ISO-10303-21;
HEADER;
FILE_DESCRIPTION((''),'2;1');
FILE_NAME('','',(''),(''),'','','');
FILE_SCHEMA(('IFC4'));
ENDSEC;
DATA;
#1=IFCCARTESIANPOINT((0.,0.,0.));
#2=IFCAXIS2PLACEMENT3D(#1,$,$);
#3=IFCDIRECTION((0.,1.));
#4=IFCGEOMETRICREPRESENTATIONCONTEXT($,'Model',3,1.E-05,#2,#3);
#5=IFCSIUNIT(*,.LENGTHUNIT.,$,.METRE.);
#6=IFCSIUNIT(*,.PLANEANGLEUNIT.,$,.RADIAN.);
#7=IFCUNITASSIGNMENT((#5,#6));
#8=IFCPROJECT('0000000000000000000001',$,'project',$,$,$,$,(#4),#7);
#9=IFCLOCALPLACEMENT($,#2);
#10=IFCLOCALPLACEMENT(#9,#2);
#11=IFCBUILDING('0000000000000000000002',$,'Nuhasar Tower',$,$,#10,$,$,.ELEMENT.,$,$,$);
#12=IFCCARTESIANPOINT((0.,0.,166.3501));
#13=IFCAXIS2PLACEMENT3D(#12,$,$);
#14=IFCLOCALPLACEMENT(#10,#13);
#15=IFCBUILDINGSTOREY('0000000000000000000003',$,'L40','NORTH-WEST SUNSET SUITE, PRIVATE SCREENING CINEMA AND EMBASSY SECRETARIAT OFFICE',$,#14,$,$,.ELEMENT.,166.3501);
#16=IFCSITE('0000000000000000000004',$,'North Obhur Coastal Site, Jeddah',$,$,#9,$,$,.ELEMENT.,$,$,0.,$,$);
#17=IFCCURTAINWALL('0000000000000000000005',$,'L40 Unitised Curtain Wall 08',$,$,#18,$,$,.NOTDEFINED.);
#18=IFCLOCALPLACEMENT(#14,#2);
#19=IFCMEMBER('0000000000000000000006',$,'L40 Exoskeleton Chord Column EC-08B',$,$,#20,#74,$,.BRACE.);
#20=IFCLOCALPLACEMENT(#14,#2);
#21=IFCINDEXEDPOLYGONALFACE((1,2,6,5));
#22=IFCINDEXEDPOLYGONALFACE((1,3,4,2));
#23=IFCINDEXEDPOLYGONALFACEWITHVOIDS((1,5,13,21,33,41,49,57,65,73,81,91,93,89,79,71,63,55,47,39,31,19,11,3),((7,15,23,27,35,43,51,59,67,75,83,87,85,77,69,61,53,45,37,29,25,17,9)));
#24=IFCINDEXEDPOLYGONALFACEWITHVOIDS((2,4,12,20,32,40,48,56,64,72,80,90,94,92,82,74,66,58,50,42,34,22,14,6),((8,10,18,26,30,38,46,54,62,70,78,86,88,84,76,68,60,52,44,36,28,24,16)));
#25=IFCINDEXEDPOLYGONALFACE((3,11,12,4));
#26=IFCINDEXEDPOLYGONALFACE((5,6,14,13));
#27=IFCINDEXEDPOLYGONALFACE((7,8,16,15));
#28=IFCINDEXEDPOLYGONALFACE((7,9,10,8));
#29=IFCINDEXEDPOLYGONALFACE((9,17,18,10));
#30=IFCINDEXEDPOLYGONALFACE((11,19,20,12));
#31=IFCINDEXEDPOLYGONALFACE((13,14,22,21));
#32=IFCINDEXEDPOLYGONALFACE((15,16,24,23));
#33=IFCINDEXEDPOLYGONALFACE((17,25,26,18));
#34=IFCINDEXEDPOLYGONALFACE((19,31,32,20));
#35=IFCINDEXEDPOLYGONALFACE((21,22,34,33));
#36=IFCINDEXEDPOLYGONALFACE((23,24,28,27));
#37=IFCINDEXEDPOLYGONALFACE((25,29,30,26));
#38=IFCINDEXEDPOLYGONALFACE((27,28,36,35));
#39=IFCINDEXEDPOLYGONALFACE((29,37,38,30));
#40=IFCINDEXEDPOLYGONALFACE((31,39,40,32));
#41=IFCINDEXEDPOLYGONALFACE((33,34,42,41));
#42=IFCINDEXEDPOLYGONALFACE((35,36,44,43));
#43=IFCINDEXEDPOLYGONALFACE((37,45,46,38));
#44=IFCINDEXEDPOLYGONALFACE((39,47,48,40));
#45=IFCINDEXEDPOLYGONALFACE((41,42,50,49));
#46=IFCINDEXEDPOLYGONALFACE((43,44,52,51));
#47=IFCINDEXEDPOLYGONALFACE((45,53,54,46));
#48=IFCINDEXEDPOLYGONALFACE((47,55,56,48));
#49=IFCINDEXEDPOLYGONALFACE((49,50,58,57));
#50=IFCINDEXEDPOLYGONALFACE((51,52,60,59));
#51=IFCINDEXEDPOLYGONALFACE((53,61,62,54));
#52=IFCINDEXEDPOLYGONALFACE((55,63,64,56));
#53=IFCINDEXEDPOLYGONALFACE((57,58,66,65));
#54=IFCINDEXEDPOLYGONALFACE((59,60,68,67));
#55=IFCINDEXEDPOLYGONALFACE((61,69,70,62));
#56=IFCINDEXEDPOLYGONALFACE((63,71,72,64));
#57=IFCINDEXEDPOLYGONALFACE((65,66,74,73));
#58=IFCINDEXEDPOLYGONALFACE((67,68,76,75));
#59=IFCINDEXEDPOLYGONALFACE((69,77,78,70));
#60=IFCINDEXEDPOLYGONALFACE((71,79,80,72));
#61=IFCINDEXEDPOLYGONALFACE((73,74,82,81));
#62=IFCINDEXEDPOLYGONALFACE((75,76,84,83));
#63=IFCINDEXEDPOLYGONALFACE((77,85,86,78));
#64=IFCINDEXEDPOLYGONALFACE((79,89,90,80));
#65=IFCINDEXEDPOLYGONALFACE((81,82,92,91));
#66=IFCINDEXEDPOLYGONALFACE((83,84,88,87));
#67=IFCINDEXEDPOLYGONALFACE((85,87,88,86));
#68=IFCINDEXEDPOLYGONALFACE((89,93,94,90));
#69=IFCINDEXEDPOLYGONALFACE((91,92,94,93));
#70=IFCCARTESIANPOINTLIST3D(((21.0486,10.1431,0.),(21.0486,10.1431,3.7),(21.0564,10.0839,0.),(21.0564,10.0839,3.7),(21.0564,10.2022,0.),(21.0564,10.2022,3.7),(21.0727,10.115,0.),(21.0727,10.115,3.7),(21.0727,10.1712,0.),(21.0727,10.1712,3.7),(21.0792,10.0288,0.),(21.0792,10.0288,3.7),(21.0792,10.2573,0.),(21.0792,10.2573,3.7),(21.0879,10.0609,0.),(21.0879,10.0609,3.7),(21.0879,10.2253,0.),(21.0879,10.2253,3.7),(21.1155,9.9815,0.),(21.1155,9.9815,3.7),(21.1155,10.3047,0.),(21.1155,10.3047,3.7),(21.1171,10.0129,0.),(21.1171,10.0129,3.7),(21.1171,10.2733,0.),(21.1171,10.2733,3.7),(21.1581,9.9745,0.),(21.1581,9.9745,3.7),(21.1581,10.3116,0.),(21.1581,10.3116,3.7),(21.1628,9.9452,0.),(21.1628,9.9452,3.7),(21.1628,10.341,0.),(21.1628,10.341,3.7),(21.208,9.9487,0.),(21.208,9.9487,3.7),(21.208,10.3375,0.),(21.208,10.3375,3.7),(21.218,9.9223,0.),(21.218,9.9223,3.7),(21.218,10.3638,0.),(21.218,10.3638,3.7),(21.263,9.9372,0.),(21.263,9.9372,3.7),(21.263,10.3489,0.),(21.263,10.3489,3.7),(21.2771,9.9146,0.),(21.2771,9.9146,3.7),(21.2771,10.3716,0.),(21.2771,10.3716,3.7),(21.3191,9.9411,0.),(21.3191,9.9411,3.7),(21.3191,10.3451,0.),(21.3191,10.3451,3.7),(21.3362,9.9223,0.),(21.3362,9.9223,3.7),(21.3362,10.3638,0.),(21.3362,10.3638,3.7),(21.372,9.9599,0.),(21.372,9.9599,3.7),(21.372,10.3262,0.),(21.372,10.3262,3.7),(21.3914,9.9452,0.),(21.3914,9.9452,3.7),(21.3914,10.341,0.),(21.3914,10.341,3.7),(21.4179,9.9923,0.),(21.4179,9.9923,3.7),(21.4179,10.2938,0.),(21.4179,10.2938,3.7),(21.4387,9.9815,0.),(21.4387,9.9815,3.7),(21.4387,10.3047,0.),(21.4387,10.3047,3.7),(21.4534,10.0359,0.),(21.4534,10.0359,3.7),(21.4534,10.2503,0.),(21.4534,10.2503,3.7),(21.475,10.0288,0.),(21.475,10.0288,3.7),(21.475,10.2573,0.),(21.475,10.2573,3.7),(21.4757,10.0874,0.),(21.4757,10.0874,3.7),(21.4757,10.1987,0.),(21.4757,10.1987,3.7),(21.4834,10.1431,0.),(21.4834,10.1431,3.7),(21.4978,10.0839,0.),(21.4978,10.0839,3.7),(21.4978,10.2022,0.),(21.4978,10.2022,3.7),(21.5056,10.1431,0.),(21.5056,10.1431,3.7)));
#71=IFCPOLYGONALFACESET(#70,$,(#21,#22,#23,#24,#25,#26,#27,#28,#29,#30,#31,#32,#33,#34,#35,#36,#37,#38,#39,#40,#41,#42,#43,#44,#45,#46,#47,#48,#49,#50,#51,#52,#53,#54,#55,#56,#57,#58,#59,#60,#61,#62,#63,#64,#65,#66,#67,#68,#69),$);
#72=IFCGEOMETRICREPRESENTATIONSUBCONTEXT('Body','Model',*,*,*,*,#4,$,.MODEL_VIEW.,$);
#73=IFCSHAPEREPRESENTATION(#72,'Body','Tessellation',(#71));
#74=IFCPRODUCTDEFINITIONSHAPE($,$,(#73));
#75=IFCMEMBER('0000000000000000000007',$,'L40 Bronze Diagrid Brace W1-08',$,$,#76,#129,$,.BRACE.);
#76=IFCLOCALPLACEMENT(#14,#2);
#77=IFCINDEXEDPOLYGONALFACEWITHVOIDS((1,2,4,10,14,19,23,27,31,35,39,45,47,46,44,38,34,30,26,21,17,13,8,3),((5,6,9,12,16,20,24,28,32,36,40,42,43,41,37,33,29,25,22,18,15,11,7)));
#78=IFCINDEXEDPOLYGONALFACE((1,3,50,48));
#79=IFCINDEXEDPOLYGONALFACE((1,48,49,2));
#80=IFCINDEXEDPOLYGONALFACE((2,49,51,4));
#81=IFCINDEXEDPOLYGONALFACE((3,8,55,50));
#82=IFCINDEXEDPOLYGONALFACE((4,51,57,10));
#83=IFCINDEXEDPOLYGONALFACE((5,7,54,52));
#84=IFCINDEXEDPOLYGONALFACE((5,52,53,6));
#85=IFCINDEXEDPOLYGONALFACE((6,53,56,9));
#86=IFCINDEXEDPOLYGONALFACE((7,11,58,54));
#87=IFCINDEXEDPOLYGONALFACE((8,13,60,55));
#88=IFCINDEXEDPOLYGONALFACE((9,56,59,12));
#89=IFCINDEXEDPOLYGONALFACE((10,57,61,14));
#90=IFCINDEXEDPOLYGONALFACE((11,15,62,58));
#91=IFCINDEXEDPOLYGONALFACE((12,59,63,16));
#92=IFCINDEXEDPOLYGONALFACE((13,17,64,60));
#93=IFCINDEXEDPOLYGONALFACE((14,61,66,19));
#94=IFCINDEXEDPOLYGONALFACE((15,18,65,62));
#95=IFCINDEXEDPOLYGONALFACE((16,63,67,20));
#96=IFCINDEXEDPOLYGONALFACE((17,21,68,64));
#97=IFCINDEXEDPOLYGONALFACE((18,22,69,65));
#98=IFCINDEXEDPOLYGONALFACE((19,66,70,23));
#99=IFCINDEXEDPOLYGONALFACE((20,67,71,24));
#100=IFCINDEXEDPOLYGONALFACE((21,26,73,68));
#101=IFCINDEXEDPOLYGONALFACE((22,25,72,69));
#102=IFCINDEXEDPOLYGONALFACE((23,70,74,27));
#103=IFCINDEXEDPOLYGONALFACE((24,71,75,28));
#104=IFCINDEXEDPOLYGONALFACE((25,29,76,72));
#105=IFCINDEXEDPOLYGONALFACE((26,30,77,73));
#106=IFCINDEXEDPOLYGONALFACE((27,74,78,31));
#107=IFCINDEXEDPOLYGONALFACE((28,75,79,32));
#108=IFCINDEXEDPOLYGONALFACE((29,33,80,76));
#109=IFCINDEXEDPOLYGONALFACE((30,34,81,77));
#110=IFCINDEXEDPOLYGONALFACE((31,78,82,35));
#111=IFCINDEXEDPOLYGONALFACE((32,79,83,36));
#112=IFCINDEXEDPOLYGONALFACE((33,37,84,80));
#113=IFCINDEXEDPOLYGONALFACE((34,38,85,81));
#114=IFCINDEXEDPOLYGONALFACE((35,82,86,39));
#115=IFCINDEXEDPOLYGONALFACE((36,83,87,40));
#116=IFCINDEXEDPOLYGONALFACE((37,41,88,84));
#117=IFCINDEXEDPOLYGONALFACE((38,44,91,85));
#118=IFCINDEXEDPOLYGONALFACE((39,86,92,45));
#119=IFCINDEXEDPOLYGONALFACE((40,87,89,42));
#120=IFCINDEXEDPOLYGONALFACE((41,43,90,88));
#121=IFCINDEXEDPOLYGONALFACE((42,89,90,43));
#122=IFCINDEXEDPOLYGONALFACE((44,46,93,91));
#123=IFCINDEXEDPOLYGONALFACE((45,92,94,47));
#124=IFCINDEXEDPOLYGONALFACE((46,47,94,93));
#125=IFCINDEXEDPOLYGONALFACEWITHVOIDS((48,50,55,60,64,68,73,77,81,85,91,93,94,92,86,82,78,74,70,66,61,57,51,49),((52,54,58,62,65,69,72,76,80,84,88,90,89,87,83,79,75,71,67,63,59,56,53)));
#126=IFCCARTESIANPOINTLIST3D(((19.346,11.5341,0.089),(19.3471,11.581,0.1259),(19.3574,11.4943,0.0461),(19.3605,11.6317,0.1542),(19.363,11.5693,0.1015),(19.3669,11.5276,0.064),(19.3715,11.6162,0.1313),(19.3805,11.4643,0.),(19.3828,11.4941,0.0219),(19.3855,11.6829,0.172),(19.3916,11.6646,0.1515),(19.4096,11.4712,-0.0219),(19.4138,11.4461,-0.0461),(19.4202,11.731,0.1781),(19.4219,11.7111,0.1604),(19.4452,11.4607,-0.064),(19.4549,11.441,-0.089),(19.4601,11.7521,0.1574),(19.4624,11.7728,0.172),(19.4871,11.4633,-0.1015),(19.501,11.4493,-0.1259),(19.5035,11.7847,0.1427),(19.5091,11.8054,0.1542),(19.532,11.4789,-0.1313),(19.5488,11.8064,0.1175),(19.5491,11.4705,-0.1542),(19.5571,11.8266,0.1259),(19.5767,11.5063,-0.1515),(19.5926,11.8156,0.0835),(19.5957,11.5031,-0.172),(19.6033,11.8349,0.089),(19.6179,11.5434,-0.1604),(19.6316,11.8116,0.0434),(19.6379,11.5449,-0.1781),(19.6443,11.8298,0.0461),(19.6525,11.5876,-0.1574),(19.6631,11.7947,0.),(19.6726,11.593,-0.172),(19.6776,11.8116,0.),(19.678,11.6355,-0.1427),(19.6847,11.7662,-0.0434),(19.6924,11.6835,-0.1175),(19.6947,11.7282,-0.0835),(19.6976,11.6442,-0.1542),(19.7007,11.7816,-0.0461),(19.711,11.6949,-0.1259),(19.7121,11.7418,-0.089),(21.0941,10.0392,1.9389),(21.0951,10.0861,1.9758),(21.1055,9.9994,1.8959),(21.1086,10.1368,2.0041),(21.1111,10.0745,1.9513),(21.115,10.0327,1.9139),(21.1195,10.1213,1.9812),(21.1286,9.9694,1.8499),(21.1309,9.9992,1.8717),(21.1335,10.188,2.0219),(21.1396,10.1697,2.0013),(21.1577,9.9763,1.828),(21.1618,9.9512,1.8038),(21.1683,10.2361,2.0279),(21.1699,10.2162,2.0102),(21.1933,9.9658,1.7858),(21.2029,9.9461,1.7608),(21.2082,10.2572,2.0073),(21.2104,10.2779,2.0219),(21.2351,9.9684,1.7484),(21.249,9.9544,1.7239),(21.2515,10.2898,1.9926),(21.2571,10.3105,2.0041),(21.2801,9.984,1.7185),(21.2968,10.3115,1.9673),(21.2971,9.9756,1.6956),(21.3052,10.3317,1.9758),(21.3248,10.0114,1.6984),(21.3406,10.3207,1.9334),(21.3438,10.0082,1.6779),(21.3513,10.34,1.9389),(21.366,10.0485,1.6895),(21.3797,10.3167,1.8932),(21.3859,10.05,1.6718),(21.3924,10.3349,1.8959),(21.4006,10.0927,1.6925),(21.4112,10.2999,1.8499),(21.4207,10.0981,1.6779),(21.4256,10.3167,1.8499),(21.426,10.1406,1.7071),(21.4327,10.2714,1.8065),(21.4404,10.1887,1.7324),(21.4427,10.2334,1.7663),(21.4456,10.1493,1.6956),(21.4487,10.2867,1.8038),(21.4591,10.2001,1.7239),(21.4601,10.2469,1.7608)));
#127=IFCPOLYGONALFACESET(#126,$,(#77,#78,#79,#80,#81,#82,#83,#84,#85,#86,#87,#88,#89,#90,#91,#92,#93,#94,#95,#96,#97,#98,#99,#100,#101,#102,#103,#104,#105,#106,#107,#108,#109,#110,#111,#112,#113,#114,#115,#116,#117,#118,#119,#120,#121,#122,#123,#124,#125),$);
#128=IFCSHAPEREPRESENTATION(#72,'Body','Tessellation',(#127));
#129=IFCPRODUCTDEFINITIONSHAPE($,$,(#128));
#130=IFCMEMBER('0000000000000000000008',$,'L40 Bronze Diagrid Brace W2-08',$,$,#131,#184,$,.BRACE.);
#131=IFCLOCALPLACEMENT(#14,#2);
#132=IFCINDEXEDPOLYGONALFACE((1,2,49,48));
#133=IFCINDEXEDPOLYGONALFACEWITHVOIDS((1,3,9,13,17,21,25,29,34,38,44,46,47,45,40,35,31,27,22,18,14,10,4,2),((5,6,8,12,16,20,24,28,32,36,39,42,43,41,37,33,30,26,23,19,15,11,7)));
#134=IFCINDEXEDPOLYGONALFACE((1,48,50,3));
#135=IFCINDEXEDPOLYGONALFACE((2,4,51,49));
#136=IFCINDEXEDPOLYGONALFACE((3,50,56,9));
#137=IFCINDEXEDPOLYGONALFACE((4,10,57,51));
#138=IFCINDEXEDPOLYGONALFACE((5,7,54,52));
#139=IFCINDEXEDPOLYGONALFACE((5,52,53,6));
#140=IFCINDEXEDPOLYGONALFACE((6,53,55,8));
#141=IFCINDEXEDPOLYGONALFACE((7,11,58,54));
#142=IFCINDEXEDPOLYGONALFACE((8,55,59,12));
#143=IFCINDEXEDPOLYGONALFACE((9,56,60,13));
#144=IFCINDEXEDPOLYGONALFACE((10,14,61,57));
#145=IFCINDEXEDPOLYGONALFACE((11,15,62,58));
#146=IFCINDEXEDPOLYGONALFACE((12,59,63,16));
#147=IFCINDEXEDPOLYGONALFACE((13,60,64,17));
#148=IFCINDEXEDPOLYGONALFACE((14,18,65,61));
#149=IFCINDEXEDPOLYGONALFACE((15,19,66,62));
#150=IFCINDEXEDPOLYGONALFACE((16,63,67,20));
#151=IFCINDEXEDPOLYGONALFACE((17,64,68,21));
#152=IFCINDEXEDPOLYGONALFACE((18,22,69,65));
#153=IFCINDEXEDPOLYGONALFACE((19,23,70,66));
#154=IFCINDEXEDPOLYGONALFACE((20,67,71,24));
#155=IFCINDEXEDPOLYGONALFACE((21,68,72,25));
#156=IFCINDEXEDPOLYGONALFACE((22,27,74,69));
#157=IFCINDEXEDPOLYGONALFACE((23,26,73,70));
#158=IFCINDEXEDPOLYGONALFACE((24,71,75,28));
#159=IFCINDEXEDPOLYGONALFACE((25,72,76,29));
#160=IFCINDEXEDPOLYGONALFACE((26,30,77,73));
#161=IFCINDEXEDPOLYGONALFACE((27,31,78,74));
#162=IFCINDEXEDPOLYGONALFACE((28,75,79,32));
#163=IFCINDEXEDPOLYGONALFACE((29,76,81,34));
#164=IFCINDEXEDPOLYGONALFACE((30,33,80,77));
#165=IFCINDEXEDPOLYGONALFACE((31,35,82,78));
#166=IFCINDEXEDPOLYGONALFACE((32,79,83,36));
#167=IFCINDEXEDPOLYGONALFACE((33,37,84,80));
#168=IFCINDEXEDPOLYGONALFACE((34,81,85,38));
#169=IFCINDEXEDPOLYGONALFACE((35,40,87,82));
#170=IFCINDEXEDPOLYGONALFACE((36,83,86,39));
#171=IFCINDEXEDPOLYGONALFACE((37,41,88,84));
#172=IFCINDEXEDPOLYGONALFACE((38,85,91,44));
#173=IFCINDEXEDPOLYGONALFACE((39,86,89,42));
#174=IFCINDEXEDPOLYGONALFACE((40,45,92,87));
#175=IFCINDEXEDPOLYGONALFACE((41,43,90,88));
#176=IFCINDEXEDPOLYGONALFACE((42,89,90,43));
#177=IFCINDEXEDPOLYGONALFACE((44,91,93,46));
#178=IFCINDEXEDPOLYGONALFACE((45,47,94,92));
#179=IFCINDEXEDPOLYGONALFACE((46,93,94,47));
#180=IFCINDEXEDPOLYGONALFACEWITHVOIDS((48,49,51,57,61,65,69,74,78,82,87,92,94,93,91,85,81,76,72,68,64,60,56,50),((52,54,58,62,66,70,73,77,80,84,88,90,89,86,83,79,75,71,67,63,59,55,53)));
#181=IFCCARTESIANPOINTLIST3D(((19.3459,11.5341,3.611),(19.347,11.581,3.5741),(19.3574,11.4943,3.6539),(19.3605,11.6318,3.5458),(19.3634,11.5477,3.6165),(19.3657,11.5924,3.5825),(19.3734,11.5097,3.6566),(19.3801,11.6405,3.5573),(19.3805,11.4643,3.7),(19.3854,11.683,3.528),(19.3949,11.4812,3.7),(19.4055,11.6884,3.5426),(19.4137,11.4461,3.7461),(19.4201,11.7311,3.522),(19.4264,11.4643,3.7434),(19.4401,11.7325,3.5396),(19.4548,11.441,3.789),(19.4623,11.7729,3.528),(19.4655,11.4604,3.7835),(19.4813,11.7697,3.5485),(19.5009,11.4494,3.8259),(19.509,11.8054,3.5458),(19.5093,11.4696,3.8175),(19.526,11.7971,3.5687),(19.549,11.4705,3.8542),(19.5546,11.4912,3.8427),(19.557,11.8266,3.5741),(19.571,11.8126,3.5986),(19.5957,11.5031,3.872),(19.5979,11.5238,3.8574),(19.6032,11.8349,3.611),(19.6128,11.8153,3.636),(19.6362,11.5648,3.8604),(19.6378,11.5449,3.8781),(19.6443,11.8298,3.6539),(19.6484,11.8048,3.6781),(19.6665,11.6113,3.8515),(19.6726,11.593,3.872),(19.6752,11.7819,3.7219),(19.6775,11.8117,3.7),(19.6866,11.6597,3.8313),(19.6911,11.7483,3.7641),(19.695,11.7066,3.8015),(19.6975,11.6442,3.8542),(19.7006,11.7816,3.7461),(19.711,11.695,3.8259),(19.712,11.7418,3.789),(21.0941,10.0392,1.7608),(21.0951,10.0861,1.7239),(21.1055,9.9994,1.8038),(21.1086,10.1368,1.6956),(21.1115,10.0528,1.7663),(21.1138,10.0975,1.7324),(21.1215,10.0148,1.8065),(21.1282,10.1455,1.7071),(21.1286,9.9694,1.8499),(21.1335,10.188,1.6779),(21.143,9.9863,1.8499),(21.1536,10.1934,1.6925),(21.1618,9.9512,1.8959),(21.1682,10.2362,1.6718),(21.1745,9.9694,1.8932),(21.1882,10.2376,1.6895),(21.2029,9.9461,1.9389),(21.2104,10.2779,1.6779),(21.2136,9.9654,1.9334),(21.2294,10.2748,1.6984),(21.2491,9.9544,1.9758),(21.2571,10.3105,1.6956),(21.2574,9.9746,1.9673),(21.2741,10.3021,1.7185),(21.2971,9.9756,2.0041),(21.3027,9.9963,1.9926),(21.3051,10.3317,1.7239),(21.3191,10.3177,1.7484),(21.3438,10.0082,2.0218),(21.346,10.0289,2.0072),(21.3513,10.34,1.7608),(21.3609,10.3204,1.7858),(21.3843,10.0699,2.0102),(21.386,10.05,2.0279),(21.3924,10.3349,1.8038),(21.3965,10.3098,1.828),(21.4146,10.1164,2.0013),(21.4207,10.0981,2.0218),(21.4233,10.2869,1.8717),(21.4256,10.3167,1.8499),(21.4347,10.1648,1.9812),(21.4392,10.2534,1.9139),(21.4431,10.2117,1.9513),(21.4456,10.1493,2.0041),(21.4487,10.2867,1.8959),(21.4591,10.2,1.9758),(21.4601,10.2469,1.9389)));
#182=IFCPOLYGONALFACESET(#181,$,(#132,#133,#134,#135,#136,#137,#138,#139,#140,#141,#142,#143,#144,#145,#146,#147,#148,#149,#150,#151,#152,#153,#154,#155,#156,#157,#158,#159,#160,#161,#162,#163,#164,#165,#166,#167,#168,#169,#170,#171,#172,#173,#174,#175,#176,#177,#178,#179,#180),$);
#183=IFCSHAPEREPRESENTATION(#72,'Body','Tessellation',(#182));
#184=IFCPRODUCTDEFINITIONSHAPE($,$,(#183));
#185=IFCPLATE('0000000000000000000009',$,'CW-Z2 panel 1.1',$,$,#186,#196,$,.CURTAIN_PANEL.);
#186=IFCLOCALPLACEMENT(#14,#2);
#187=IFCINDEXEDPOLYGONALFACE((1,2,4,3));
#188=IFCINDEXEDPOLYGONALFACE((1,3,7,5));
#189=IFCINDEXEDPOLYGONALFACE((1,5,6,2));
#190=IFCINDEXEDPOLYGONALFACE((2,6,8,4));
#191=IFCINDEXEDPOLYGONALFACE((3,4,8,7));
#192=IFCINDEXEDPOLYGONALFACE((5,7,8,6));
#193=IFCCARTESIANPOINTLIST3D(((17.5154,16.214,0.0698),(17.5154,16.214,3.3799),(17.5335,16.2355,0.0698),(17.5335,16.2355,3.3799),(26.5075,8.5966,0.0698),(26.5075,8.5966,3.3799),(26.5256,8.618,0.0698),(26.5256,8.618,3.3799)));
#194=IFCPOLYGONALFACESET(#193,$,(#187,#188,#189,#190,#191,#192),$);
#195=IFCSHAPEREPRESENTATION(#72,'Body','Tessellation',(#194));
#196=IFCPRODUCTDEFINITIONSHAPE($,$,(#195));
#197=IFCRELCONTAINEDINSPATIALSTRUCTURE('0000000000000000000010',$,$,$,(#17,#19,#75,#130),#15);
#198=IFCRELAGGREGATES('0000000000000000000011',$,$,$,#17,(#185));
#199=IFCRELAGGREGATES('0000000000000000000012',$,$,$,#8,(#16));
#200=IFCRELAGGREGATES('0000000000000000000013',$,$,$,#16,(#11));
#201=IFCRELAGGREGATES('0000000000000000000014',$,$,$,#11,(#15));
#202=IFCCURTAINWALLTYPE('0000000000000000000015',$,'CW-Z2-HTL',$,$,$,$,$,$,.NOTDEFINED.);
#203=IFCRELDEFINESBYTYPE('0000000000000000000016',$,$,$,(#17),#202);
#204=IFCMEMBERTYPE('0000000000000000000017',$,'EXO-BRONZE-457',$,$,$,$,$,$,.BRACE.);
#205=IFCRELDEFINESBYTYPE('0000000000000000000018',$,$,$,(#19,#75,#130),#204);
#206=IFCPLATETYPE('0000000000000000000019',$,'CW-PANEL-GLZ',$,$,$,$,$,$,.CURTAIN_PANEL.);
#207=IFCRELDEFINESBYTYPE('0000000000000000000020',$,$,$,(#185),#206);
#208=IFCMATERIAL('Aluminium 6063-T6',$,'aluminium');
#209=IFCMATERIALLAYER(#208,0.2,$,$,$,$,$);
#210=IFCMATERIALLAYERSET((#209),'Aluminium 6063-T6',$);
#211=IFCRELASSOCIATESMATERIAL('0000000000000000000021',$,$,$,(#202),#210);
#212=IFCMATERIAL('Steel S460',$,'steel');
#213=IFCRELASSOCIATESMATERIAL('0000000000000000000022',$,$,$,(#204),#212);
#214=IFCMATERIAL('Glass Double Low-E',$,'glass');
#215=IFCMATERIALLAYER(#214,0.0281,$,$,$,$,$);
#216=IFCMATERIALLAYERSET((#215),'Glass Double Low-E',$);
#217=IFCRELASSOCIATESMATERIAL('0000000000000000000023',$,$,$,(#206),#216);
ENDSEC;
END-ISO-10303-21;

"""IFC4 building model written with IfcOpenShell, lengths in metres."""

from ifc_helpers import new_model, si_unit, direction, frame, origin, origin_2d, place, context, subcontext, project, spatial, rectangle, hollow_circle, extrude, material, layer, layer_set, material_profile, profile_set, type_object, element, aggregate, save


model = new_model("IFC4")

# Units and contexts
model_context = context("Model", 3, precision=1e-05, world=origin(), true_north=direction((0.0, 1.0)))
body_context = subcontext(model_context, "Body", "Model", "MODEL_VIEW")
ifc_project = project(units=[si_unit("LENGTHUNIT", "METRE"), si_unit("PLANEANGLEUNIT", "RADIAN")], contexts=[model_context])

# Site, building, storey
site_placement = place(None, origin())
site = spatial("IfcSite", under=ifc_project, at=site_placement, Name="North Obhur Coastal Site, Jeddah", CompositionType="ELEMENT", RefElevation=0.0)
building_placement = place(site_placement, origin())
building = spatial("IfcBuilding", under=site, at=building_placement, Name="Nuhasar Tower", CompositionType="ELEMENT")
storey_placement = place(building_placement, frame((0.0, 0.0, 166.3501)))
storey = spatial("IfcBuildingStorey", under=building, at=storey_placement, Name="L40", Description="NORTH-WEST SUNSET SUITE, PRIVATE SCREENING CINEMA AND EMBASSY SECRETARIAT OFFICE", CompositionType="ELEMENT", Elevation=166.3501)

# Curtain wall
ifc_material_1 = material(Name="Aluminium 6063-T6", Category="aluminium")
ifc_layer_1 = layer(ifc_material_1, 0.2)
ifc_layer_set_1 = layer_set([ifc_layer_1], Name="Aluminium 6063-T6")
curtain_wall_type = type_object("IfcCurtainWallType", Name="CW-Z2-HTL", PredefinedType="NOTDEFINED", material=ifc_layer_set_1)
curtain_wall_1_placement = place(storey_placement, origin())
curtain_wall_1 = element("IfcCurtainWall", 1, at=curtain_wall_1_placement, inside=storey, type_object=curtain_wall_type, Name="L40 Unitised Curtain Wall 08", PredefinedType="NOTDEFINED")

# Members
ifc_material_2 = material(Name="Steel S460", Category="steel")
ifc_material_profile_1 = material_profile(ifc_material_2, hollow_circle(Radius=0.2285, WallThickness=0.0222, at=origin_2d()), Name="HSS457X22.2")
ifc_profile_set_1 = profile_set([ifc_material_profile_1], Name="Steel S460")
member_type_1 = type_object("IfcMemberType", Name="EXO-BRONZE-457", PredefinedType="BRACE", material=ifc_profile_set_1)
for number, where, z_axis, x_axis, name in (
    (2, (21.2771, 10.1431, 0.0), (0.0, 0.0, 1.0), (1.0, 0.0, 0.0), "L40 Exoskeleton Chord Column EC-08B"),
):
    element("IfcMember", number, at=place(storey_placement, frame(where, z_axis=z_axis, x_axis=x_axis)), inside=storey, type_object=member_type_1, Name=name, PredefinedType="BRACE", context=body_context, shape_type="SweptSolid", body=[
        extrude(hollow_circle(Radius=0.2285, WallThickness=0.0222, at=origin_2d()), origin(), (0.0, 0.0, 1.0), 3.7),
    ])
member_1_placement = place(storey_placement, frame((19.5291, 11.6379, 0.0), z_axis=(0.592226, -0.506452, 0.626717), x_axis=(0.649926, 0.759998, 0.0)))
element("IfcMember", 3, at=member_1_placement, inside=storey, type_object=member_type_1, Name="L40 Bronze Diagrid Brace W1-08", PredefinedType="BRACE", context=body_context, shape_type="SweptSolid", body=[
    extrude(hollow_circle(Radius=0.2285, WallThickness=0.0222, at=origin_2d()), origin(), (0.0, 0.0, 1.0), 2.9517),
])
member_2_placement = place(storey_placement, frame((21.2771, 10.1431, 1.8499), z_axis=(-0.592195, 0.506426, 0.626767), x_axis=(-0.649926, -0.759998, 0.0)))
element("IfcMember", 4, at=member_2_placement, inside=storey, type_object=member_type_1, Name="L40 Bronze Diagrid Brace W2-08", PredefinedType="BRACE", context=body_context, shape_type="SweptSolid", body=[
    extrude(hollow_circle(Radius=0.2285, WallThickness=0.0222, at=origin_2d()), origin(), (0.0, 0.0, 1.0), 2.9519),
])

# Plate
ifc_material_3 = material(Name="Glass Double Low-E", Category="glass")
ifc_layer_2 = layer(ifc_material_3, 0.0281)
ifc_layer_set_2 = layer_set([ifc_layer_2], Name="Glass Double Low-E")
plate_type = type_object("IfcPlateType", Name="CW-PANEL-GLZ", PredefinedType="CURTAIN_PANEL", material=ifc_layer_set_2)
plate_placement = place(storey_placement, frame((22.0205, 12.416, 0.0698), z_axis=(0.0, 0.0, 1.0), x_axis=(0.76302, -0.646374, 0.0)))
plate = element("IfcPlate", 5, at=plate_placement, type_object=plate_type, Name="CW-Z2 panel 1.1", PredefinedType="CURTAIN_PANEL", context=body_context, shape_type="SweptSolid", body=[
    extrude(rectangle(XDim=11.7849, YDim=0.0281, at=origin_2d()), origin(), (0.0, 0.0, 1.0), 3.3101),
])
aggregate(curtain_wall_1, [plate])

save(model, "model.ifc")
